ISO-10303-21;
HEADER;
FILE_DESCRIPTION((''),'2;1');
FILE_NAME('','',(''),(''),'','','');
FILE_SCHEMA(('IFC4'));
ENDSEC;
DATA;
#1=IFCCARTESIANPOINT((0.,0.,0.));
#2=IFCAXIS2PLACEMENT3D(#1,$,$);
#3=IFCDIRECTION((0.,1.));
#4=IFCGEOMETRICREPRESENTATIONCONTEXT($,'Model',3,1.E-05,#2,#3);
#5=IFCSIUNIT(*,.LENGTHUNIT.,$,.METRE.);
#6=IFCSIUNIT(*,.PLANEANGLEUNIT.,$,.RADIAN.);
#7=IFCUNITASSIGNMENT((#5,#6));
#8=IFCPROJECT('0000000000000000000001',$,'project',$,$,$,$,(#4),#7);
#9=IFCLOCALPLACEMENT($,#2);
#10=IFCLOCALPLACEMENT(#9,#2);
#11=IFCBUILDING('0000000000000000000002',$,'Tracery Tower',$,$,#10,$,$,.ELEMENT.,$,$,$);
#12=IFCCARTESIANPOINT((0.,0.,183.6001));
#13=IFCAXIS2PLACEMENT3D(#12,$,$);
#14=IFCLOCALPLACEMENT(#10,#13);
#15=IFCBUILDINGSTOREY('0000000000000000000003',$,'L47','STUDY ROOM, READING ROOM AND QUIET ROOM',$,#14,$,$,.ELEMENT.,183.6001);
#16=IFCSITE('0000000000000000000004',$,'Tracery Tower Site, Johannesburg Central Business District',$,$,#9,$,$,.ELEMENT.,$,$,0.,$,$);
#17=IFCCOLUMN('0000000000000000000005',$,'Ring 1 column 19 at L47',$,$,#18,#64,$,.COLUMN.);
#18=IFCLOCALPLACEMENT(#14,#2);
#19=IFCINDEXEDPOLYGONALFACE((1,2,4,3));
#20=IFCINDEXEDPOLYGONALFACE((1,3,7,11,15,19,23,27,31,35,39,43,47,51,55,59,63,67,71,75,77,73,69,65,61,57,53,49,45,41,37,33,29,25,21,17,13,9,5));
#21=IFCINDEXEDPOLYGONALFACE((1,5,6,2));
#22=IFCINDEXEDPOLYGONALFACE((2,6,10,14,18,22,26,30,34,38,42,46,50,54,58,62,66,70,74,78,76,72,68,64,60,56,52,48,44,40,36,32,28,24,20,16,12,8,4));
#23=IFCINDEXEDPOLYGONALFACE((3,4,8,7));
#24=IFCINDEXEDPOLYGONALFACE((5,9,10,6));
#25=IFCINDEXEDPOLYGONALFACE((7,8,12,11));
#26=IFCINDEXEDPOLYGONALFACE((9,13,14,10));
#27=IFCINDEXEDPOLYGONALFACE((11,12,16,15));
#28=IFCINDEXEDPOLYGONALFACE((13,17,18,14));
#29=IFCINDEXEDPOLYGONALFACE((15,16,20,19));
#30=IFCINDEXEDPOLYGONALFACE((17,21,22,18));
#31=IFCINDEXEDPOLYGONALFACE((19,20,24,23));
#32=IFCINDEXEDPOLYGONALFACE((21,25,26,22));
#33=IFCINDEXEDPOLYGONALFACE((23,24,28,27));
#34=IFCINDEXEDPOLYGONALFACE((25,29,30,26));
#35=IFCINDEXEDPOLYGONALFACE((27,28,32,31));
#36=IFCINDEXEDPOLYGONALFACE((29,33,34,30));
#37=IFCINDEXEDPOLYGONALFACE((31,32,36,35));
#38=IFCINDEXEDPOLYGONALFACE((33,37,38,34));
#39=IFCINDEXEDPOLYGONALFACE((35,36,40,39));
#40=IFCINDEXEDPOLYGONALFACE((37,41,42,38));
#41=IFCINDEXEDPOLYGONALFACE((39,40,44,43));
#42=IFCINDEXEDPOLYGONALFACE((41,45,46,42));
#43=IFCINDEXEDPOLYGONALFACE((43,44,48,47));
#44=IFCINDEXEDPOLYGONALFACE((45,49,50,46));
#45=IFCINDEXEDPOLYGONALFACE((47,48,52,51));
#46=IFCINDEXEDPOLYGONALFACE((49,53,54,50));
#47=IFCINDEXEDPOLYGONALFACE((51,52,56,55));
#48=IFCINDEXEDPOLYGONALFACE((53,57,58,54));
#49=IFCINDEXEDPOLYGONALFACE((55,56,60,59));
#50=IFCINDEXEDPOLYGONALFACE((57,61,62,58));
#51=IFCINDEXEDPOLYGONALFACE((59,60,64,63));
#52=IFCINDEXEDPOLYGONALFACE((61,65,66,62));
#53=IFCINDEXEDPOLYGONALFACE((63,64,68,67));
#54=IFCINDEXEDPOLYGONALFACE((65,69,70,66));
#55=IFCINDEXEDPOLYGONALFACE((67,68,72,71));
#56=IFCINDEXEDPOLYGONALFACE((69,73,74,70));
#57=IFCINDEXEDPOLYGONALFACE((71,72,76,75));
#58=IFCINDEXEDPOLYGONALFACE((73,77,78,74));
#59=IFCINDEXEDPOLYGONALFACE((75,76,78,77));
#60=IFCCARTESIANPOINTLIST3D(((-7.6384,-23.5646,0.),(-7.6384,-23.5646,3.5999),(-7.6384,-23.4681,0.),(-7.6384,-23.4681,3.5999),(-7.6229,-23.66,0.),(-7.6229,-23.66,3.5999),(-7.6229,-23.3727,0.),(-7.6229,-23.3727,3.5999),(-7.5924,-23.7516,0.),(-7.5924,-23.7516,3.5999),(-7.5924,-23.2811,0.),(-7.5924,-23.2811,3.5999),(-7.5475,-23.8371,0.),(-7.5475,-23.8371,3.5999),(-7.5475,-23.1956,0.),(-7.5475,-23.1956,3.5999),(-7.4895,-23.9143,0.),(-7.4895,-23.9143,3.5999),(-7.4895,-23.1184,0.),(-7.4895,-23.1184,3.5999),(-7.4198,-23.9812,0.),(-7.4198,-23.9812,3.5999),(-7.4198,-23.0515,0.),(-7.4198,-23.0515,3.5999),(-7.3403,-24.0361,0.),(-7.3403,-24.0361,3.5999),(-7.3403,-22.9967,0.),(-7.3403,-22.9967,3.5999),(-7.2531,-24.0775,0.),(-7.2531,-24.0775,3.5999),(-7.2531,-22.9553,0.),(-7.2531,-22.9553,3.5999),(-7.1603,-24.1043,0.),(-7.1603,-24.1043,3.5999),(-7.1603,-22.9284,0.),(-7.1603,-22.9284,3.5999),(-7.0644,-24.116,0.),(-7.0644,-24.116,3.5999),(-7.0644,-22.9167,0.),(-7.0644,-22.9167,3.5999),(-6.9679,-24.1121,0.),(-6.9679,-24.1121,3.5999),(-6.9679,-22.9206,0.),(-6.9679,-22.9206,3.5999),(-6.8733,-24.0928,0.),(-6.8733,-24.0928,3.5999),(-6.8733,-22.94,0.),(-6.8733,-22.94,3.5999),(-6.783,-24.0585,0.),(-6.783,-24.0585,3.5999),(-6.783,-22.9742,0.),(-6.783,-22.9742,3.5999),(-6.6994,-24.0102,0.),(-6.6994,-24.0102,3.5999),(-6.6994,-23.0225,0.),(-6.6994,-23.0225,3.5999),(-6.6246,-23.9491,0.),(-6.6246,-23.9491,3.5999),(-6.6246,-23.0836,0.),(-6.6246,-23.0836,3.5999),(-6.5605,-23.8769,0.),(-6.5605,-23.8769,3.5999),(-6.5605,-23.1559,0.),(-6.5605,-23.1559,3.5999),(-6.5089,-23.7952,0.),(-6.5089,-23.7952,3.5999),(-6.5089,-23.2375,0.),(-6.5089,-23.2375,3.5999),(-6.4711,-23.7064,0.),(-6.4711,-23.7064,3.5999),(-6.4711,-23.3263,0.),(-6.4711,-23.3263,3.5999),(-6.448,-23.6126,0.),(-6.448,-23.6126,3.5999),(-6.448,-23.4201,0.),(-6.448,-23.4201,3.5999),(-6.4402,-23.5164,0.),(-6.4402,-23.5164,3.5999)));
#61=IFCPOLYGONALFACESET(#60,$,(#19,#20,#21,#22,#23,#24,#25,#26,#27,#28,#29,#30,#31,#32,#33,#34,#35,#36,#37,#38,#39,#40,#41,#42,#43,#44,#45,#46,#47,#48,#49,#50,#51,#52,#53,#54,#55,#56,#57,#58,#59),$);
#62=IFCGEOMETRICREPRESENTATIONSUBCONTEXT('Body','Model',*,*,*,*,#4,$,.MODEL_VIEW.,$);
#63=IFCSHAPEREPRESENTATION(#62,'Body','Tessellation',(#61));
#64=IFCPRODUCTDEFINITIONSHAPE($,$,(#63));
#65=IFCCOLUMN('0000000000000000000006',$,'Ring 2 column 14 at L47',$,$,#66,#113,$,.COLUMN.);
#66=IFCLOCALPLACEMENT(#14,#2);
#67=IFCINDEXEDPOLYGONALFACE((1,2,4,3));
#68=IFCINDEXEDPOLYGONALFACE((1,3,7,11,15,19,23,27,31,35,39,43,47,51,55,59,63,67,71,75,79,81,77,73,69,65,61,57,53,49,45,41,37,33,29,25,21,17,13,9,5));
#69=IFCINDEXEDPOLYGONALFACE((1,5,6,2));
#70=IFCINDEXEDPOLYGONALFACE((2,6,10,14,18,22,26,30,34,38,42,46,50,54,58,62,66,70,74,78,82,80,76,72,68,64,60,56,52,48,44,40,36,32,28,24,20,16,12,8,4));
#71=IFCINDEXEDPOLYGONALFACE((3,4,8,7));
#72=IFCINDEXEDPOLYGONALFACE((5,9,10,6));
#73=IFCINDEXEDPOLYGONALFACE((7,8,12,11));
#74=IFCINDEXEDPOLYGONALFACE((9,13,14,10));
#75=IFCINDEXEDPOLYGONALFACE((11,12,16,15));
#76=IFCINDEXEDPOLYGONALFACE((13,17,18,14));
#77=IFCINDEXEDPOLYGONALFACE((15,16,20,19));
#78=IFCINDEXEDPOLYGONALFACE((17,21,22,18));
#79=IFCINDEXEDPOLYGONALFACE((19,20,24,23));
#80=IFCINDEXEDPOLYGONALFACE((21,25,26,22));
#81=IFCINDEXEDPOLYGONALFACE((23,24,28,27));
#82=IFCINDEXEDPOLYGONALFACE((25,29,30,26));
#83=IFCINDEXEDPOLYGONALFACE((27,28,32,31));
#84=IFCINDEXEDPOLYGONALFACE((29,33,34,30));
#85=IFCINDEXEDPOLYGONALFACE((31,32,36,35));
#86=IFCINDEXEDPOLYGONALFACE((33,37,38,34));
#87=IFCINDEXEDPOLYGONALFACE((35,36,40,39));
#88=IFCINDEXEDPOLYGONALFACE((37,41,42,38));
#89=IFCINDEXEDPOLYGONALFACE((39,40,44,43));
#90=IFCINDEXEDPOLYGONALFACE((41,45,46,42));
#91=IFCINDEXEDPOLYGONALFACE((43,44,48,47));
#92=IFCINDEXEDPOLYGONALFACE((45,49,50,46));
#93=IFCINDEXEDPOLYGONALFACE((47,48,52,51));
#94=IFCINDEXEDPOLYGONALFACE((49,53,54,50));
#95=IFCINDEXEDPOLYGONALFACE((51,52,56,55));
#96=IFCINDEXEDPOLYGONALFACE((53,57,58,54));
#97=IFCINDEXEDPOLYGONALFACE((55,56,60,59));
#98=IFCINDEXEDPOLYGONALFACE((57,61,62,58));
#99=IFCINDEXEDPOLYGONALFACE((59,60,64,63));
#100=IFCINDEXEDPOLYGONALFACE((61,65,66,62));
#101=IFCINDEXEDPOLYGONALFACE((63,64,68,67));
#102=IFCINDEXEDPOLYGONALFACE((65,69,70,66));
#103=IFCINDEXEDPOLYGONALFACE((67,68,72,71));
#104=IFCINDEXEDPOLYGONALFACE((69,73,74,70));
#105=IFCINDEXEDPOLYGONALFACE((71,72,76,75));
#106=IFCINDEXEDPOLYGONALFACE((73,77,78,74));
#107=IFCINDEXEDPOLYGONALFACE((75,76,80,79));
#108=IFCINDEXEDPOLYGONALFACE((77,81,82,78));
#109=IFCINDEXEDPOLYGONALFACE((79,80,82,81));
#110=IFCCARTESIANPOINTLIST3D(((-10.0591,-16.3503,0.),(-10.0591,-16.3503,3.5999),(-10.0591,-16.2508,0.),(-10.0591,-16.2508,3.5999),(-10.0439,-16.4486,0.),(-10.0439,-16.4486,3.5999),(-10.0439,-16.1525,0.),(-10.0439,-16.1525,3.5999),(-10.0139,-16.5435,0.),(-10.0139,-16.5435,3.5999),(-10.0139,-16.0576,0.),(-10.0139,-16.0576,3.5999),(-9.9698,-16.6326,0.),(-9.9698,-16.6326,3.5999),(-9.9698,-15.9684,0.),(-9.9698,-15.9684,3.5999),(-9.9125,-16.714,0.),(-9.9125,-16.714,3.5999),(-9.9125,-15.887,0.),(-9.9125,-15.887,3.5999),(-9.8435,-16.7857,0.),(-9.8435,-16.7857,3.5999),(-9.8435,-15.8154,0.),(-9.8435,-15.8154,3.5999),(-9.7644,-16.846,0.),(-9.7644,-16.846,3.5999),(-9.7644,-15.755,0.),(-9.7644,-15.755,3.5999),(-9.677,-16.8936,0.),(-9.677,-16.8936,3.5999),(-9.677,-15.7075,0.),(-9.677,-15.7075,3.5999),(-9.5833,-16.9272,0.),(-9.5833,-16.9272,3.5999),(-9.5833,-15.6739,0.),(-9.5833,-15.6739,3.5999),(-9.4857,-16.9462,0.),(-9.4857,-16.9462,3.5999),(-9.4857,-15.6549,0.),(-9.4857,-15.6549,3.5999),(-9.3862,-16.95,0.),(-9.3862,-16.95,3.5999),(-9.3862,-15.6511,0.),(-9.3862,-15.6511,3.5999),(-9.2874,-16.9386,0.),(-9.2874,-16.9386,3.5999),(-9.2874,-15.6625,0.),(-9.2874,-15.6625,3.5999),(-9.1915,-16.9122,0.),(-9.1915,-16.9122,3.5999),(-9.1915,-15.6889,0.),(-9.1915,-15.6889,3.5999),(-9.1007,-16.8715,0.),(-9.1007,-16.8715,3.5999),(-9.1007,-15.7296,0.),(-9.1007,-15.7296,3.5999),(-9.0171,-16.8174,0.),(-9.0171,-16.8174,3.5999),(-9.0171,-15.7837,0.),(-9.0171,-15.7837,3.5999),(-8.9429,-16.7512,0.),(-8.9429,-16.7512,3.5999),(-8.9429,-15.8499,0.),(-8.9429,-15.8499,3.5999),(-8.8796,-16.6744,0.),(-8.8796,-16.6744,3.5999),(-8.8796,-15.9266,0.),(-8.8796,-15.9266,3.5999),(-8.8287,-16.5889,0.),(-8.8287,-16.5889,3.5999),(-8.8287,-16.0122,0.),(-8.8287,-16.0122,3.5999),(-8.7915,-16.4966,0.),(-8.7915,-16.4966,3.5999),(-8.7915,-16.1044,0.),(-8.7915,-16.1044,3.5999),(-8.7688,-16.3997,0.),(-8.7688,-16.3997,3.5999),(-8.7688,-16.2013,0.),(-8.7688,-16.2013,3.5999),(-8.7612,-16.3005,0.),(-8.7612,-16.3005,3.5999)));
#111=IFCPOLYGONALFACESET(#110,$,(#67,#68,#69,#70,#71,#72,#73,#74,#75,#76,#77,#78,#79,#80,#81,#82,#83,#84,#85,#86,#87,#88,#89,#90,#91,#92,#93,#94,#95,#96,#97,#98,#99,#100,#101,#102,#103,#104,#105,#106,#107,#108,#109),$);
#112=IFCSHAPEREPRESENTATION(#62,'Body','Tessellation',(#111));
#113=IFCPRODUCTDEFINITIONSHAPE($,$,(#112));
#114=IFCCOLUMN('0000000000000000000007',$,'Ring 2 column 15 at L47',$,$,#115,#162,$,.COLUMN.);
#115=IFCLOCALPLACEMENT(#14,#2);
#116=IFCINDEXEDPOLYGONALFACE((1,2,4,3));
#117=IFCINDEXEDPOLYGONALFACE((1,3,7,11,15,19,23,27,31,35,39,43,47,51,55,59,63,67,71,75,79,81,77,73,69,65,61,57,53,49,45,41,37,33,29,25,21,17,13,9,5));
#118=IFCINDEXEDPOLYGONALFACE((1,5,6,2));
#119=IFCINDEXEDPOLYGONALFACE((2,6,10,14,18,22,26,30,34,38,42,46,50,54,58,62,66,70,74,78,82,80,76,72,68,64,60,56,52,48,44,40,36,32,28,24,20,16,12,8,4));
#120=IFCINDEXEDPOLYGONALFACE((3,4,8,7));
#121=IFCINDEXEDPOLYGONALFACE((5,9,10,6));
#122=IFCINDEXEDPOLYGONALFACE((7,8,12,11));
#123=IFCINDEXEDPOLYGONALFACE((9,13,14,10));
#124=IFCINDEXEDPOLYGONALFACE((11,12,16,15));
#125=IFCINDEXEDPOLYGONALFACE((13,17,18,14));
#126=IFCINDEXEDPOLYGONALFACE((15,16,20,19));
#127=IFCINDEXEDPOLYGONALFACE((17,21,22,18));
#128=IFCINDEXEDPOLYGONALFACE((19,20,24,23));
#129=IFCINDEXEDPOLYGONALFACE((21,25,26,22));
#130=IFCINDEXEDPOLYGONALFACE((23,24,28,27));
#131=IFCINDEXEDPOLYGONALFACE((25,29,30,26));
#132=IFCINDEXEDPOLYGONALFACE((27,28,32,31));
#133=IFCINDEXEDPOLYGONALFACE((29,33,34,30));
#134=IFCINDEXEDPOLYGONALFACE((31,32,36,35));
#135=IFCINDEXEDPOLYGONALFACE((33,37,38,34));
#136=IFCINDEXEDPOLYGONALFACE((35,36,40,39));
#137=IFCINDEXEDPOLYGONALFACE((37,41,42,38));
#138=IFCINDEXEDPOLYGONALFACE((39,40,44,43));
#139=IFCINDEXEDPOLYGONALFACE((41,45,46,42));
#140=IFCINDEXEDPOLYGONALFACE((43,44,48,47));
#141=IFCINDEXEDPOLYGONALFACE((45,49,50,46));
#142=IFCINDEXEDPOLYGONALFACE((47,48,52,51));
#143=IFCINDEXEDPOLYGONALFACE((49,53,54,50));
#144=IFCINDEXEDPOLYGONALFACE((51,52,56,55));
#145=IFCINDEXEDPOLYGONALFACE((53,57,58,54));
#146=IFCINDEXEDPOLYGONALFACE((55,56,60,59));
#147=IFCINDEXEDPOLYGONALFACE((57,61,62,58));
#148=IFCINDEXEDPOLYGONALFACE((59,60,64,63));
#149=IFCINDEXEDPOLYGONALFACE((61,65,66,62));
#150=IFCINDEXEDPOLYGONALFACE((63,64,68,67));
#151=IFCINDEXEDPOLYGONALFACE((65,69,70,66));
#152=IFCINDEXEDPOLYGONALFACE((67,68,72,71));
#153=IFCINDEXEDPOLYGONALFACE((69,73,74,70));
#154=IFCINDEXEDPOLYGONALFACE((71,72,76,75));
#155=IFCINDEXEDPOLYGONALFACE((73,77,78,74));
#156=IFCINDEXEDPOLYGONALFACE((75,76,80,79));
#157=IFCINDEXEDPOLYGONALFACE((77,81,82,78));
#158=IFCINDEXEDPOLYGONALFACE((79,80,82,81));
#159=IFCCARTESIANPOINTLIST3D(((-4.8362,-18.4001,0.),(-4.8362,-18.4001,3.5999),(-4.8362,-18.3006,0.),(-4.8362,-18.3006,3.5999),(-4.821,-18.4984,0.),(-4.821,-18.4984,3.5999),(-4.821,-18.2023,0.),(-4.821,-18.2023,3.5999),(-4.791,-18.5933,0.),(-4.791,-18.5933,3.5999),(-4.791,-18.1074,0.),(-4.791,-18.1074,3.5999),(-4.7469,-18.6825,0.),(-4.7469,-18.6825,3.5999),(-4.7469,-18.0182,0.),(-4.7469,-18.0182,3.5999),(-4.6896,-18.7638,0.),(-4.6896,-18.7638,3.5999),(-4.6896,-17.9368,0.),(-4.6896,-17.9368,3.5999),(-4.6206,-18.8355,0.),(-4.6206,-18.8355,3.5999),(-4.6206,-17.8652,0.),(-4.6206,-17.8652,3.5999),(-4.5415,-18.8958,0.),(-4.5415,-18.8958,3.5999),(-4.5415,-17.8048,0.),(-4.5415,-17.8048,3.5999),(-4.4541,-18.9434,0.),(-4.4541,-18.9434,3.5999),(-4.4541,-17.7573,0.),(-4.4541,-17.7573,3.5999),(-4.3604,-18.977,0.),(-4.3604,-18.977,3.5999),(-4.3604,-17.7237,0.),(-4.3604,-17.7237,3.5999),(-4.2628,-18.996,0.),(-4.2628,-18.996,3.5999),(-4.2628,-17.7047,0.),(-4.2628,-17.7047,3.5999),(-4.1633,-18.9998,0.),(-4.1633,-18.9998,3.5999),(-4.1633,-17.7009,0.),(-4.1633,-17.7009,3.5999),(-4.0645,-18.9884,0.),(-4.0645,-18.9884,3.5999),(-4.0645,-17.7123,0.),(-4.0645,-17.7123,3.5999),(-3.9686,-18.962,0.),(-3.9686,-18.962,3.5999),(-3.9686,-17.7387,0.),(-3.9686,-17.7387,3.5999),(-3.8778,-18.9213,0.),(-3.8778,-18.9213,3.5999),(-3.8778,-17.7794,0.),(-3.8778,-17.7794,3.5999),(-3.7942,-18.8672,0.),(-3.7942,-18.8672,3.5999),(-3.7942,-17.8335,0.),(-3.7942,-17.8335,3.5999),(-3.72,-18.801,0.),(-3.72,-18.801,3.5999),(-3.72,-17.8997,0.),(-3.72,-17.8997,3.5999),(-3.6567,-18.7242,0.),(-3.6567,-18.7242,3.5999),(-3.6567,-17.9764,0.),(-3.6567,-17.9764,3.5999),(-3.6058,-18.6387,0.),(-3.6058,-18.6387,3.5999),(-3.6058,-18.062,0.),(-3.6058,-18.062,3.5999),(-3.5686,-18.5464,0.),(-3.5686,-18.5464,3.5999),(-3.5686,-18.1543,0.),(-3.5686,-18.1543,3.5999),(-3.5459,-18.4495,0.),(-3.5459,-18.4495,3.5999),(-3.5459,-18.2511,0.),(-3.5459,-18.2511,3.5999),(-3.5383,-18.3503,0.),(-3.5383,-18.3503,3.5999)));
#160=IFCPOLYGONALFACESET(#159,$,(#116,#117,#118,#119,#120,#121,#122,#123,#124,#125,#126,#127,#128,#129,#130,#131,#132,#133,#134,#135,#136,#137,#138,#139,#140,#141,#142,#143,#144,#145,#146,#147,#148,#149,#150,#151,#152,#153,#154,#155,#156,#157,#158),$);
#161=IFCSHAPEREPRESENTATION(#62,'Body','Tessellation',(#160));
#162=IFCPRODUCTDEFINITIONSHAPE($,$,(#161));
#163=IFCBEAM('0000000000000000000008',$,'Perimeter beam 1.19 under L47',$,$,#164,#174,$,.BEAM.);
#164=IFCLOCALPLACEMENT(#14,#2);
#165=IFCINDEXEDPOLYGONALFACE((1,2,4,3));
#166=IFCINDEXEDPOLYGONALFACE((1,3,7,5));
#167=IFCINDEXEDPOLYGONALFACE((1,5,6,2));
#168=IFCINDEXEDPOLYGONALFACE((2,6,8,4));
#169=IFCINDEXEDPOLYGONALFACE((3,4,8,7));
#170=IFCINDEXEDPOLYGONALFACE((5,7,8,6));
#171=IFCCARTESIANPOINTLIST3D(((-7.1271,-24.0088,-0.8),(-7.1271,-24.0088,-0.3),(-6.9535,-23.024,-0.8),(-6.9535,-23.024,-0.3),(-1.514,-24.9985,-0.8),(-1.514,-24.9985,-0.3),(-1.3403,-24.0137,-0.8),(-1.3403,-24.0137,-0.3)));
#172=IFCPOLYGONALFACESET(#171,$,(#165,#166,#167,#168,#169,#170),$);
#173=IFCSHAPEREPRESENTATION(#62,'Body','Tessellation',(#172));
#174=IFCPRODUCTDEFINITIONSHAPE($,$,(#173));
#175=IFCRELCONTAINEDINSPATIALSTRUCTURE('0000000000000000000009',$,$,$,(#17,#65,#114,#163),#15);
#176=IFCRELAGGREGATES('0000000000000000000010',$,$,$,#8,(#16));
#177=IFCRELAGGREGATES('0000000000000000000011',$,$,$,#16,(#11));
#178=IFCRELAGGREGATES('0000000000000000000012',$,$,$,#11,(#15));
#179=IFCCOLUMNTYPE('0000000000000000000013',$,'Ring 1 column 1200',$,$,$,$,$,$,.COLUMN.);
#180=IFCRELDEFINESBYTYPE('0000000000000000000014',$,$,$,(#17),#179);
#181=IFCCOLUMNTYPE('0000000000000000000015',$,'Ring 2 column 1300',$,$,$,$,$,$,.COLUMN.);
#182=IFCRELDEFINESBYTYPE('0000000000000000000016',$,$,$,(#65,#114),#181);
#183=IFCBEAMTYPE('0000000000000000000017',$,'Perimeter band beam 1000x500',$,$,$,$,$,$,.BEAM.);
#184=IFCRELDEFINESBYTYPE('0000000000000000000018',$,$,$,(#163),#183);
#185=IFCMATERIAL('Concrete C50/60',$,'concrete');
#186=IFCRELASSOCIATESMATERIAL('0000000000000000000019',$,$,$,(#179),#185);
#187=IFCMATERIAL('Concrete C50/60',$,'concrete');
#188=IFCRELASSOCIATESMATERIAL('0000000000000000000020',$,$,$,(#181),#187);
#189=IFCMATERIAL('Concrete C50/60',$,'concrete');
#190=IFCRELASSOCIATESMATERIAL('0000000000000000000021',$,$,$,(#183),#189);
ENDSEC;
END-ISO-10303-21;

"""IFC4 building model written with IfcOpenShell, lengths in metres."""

from ifc_helpers import new_model, si_unit, direction, frame, origin, origin_2d, place, context, subcontext, project, spatial, rectangle, circle, extrude, material, material_profile, profile_set, type_object, element, save


model = new_model("IFC4")

# Units and contexts
model_context = context("Model", 3, precision=1e-05, world=origin(), true_north=direction((0.0, 1.0)))
body_context = subcontext(model_context, "Body", "Model", "MODEL_VIEW")
ifc_project = project(units=[si_unit("LENGTHUNIT", "METRE"), si_unit("PLANEANGLEUNIT", "RADIAN")], contexts=[model_context])

# Site, building, storey
site_placement = place(None, origin())
site = spatial("IfcSite", under=ifc_project, at=site_placement, Name="Tracery Tower Site, Johannesburg Central Business District", CompositionType="ELEMENT", RefElevation=0.0)
building_placement = place(site_placement, origin())
building = spatial("IfcBuilding", under=site, at=building_placement, Name="Tracery Tower", CompositionType="ELEMENT")
storey_placement = place(building_placement, frame((0.0, 0.0, 183.6001)))
storey = spatial("IfcBuildingStorey", under=building, at=storey_placement, Name="L47", Description="STUDY ROOM, READING ROOM AND QUIET ROOM", CompositionType="ELEMENT", Elevation=183.6001)

# Columns
ifc_material_1 = material(Name="Concrete C50/60", Category="concrete")
ifc_material_profile_1 = material_profile(ifc_material_1, circle(Radius=0.6001, at=origin_2d()), Name="RC D1200")
ifc_profile_set_1 = profile_set([ifc_material_profile_1], Name="Concrete C50/60")
column_type_1 = type_object("IfcColumnType", Name="Ring 1 column 1200", PredefinedType="COLUMN", material=ifc_profile_set_1)
column_placement = place(storey_placement, frame((-7.0403, -23.5164, 0.0), z_axis=(0.0, 0.0, 1.0), x_axis=(1.0, 0.0, 0.0)))
element("IfcColumn", 1, at=column_placement, inside=storey, type_object=column_type_1, Name="Ring 1 column 19 at L47", PredefinedType="COLUMN", context=body_context, shape_type="SweptSolid", body=[
    extrude(circle(Radius=0.6001, at=origin_2d()), origin(), (0.0, 0.0, 1.0), 3.5999),
])
ifc_material_2 = material(Name="Concrete C50/60", Category="concrete")
ifc_material_profile_2 = material_profile(ifc_material_2, circle(Radius=0.6499, at=origin_2d()), Name="RC D1300")
ifc_profile_set_2 = profile_set([ifc_material_profile_2], Name="Concrete C50/60")
column_type_2 = type_object("IfcColumnType", Name="Ring 2 column 1300", PredefinedType="COLUMN", material=ifc_profile_set_2)
for number, where, z_axis, x_axis, name in (
    (2, (-9.4111, -16.3005, 0.0), (0.0, 0.0, 1.0), (1.0, 0.0, 0.0), "Ring 2 column 14 at L47"),
    (3, (-4.1882, -18.3503, 0.0), (0.0, 0.0, 1.0), (1.0, 0.0, 0.0), "Ring 2 column 15 at L47"),
):
    element("IfcColumn", number, at=place(storey_placement, frame(where, z_axis=z_axis, x_axis=x_axis)), inside=storey, type_object=column_type_2, Name=name, PredefinedType="COLUMN", context=body_context, shape_type="SweptSolid", body=[
        extrude(circle(Radius=0.6499, at=origin_2d()), origin(), (0.0, 0.0, 1.0), 3.5999),
    ])

# Beam
ifc_material_3 = material(Name="Concrete C50/60", Category="concrete")
ifc_material_profile_3 = material_profile(ifc_material_3, rectangle(XDim=1.0, YDim=0.5, at=origin_2d()), Name="RC 1000x500")
ifc_profile_set_3 = profile_set([ifc_material_profile_3], Name="Concrete C50/60")
beam_type = type_object("IfcBeamType", Name="Perimeter band beam 1000x500", PredefinedType="BEAM", material=ifc_profile_set_3)
beam_placement = place(storey_placement, frame((-7.0403, -23.5164, -0.55), z_axis=(0.984807, -0.173651, 0.0), x_axis=(0.173651, 0.984807, 0.0)))
element("IfcBeam", 4, at=beam_placement, inside=storey, type_object=beam_type, Name="Perimeter beam 1.19 under L47", PredefinedType="BEAM", context=body_context, shape_type="SweptSolid", body=[
    extrude(rectangle(XDim=1.0, YDim=0.5, at=origin_2d()), origin(), (0.0, 0.0, 1.0), 5.6997),
])

save(model, "model.ifc")
